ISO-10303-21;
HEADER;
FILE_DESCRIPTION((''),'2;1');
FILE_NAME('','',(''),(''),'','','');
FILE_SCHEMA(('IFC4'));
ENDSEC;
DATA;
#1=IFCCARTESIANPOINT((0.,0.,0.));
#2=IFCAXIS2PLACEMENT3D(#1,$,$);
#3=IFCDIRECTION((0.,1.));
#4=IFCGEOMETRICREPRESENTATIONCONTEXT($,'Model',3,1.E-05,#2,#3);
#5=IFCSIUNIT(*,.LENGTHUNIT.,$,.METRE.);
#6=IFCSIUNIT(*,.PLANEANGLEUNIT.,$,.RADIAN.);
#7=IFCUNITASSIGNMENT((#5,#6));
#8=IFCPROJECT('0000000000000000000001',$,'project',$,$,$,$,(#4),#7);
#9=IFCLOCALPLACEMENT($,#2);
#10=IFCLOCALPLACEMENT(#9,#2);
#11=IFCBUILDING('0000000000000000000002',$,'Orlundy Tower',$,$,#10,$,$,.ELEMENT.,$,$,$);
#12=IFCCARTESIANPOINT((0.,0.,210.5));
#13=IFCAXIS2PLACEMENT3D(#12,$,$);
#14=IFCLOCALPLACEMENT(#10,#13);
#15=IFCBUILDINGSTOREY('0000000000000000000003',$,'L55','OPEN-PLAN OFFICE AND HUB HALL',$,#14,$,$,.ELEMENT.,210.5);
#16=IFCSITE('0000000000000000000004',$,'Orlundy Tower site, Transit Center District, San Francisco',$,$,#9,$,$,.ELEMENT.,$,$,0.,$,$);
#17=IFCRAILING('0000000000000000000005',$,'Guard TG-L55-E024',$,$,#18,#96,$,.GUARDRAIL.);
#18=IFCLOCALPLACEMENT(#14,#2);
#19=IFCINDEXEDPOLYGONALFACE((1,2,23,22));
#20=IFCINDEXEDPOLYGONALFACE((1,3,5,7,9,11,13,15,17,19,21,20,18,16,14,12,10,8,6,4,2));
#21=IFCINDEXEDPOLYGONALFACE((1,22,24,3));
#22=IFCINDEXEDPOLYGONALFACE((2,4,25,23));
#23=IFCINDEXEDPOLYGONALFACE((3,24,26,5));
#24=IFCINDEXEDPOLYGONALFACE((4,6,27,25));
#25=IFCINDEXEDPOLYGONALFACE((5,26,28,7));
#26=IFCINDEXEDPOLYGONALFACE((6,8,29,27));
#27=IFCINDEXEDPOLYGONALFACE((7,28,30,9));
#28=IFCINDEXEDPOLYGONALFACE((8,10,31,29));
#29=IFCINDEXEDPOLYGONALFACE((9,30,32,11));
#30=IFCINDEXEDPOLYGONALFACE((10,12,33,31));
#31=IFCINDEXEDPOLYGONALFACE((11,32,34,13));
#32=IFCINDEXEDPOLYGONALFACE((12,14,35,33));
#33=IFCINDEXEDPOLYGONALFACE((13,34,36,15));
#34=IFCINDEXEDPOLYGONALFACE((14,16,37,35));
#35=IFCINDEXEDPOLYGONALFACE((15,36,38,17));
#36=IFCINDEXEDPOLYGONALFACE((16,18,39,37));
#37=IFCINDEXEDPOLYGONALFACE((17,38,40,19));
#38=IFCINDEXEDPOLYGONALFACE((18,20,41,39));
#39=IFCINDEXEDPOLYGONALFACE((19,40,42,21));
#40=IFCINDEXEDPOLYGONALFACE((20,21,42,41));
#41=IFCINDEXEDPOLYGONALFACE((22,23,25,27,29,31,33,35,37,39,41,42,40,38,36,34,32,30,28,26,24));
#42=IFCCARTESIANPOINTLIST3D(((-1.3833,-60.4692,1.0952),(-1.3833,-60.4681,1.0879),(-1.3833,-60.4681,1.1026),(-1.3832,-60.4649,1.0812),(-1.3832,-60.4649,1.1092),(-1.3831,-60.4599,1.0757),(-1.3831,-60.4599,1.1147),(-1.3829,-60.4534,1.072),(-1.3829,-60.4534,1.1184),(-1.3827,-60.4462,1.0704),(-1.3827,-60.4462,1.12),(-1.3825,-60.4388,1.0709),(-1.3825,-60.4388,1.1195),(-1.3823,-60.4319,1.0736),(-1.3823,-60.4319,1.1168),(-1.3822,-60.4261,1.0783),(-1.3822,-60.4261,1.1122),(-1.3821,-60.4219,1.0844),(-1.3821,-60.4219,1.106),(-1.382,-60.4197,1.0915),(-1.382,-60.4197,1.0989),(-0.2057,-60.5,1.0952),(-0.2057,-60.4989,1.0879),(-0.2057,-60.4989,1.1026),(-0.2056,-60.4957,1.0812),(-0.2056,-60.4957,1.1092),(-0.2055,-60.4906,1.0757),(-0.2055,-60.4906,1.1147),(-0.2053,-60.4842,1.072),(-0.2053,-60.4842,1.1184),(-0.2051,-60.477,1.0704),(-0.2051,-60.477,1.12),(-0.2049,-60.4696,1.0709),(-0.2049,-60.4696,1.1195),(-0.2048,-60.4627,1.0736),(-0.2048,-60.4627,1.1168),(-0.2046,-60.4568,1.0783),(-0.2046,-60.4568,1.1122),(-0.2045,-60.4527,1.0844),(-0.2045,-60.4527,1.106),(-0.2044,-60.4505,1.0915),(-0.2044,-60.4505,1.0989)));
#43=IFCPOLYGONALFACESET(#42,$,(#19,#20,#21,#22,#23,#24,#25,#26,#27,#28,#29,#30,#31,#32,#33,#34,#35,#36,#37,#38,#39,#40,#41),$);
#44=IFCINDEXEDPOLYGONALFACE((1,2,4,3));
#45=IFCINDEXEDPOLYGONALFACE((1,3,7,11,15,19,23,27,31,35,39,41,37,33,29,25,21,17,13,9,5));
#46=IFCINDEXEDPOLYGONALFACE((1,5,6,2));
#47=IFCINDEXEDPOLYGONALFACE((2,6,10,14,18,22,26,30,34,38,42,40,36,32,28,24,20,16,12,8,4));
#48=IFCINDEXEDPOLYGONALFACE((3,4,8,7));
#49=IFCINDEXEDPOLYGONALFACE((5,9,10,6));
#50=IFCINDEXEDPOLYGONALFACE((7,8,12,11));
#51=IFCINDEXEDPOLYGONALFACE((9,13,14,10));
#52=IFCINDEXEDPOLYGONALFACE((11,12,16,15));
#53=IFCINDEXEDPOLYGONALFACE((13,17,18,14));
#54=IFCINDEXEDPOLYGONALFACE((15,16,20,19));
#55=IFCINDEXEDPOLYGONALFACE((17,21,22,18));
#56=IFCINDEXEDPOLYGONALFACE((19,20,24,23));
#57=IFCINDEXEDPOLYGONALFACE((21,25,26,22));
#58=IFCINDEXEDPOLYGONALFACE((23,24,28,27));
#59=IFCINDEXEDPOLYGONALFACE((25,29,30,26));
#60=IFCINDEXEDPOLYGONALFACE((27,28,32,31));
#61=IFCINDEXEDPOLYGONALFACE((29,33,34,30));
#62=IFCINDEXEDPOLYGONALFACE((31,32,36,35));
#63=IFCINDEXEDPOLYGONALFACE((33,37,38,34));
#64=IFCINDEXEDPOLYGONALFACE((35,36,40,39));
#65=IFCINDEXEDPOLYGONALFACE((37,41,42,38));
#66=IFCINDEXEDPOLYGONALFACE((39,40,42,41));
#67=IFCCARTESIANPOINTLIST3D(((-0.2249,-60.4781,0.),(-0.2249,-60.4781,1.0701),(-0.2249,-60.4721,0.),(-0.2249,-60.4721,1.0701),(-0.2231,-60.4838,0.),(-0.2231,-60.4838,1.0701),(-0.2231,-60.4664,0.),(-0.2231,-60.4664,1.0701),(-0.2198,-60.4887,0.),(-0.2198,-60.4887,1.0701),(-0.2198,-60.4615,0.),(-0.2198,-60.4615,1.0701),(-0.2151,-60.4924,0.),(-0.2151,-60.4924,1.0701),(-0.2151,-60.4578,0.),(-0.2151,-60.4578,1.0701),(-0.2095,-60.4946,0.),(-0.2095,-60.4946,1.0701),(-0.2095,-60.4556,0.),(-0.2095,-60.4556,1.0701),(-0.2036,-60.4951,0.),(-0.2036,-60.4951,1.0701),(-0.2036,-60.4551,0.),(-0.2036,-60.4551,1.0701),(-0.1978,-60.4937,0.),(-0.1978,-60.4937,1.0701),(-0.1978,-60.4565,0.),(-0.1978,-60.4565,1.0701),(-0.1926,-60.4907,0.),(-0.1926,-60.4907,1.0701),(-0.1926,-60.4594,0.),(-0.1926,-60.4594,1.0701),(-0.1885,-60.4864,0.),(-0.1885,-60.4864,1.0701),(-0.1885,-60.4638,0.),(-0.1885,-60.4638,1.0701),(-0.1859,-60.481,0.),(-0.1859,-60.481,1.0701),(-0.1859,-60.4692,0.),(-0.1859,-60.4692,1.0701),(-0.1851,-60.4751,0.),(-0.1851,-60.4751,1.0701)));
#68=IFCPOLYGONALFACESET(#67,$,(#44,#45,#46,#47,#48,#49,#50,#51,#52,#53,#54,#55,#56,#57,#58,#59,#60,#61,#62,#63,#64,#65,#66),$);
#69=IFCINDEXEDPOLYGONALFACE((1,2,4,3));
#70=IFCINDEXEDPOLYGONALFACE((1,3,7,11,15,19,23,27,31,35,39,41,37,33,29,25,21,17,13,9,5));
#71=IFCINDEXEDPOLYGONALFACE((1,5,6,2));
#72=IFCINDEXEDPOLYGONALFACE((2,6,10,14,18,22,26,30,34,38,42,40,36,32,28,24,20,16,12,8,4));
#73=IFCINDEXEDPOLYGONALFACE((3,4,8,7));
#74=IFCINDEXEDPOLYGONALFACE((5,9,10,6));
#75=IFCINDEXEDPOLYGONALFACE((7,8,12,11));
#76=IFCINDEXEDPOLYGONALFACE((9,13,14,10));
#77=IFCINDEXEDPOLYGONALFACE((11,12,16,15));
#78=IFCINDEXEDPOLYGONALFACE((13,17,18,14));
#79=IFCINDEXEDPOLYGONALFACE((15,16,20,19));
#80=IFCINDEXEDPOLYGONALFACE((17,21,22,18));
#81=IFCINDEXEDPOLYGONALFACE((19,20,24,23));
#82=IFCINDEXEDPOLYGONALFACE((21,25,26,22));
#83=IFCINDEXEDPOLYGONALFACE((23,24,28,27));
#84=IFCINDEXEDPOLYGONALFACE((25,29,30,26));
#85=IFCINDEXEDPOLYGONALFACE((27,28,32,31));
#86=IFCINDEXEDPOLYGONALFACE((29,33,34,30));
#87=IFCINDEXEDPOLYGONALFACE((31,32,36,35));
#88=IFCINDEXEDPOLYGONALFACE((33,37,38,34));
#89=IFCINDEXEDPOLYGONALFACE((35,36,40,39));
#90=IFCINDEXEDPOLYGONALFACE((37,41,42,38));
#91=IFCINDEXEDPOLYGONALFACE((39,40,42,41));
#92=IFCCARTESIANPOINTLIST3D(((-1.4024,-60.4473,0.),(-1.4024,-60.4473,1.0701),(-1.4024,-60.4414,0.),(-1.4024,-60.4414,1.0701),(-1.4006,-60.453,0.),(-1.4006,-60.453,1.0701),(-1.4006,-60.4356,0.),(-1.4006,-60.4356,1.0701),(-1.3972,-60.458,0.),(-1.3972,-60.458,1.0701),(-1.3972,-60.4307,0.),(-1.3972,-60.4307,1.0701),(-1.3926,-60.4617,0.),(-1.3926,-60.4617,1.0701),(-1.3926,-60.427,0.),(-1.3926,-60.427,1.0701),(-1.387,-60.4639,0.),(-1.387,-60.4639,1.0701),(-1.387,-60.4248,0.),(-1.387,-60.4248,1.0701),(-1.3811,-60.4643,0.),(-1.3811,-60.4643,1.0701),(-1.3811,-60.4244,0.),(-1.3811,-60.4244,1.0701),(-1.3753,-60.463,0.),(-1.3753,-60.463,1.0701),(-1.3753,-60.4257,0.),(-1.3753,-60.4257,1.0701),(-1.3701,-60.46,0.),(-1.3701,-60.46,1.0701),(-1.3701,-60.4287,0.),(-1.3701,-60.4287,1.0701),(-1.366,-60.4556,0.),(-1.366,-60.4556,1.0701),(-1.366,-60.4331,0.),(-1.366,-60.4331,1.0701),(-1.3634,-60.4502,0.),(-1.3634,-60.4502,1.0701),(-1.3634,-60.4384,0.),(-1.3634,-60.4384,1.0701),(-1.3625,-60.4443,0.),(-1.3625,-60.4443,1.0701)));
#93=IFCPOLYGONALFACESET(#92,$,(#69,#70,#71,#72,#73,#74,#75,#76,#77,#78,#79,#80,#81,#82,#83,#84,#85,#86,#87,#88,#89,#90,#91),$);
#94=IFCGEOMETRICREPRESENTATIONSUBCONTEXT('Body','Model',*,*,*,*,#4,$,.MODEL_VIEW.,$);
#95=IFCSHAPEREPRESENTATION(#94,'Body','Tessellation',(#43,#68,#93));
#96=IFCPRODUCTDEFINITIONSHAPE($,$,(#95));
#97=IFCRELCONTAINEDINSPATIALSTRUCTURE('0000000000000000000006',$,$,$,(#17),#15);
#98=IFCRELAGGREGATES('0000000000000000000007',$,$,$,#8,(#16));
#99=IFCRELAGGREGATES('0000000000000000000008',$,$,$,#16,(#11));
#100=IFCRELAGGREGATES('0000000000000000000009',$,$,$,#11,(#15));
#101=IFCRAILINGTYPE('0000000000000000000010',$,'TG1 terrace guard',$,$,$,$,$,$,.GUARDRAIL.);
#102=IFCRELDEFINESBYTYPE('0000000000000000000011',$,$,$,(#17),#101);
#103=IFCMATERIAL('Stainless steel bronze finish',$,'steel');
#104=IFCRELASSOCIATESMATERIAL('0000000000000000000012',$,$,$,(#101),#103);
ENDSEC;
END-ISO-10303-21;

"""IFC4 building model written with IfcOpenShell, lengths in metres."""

from ifc_helpers import new_model, si_unit, direction, frame, origin, origin_2d, place, context, subcontext, project, spatial, circle, extrude, material, type_object, element, save


model = new_model("IFC4")

# Units and contexts
model_context = context("Model", 3, precision=1e-05, world=origin(), true_north=direction((0.0, 1.0)))
body_context = subcontext(model_context, "Body", "Model", "MODEL_VIEW")
ifc_project = project(units=[si_unit("LENGTHUNIT", "METRE"), si_unit("PLANEANGLEUNIT", "RADIAN")], contexts=[model_context])

# Site, building, storey
site_placement = place(None, origin())
site = spatial("IfcSite", under=ifc_project, at=site_placement, Name="Orlundy Tower site, Transit Center District, San Francisco", CompositionType="ELEMENT", RefElevation=0.0)
building_placement = place(site_placement, origin())
building = spatial("IfcBuilding", under=site, at=building_placement, Name="Orlundy Tower", CompositionType="ELEMENT")
storey_placement = place(building_placement, frame((0.0, 0.0, 210.5)))
storey = spatial("IfcBuildingStorey", under=building, at=storey_placement, Name="L55", Description="OPEN-PLAN OFFICE AND HUB HALL", CompositionType="ELEMENT", Elevation=210.5)

# Railing
ifc_material_1 = material(Name="Stainless steel bronze finish", Category="steel")
railing_type = type_object("IfcRailingType", Name="TG1 terrace guard", PredefinedType="GUARDRAIL", material=ifc_material_1)
railing_1_placement = place(storey_placement, frame((-0.2051, -60.4751, 0.0)))
element("IfcRailing", 1, at=railing_1_placement, inside=storey, type_object=railing_type, Name="Guard TG-L55-E024", PredefinedType="GUARDRAIL", context=body_context, shape_type="SweptSolid", body=[
    extrude(circle(Radius=0.0249, at=origin_2d()), frame((0.0, 0.0, 1.0952), z_axis=(-0.999659, 0.026116, 0.0), x_axis=(-0.026116, -0.999659, 0.0)), (0.0, 0.0, 1.0), 1.178),
    extrude(circle(Radius=0.02, at=origin_2d()), origin(), (0.0, 0.0, 1.0), 1.0701),
    extrude(circle(Radius=0.02, at=origin_2d()), frame((-1.1775, 0.0308, 0.0)), (0.0, 0.0, 1.0), 1.0701),
])

save(model, "model.ifc")
